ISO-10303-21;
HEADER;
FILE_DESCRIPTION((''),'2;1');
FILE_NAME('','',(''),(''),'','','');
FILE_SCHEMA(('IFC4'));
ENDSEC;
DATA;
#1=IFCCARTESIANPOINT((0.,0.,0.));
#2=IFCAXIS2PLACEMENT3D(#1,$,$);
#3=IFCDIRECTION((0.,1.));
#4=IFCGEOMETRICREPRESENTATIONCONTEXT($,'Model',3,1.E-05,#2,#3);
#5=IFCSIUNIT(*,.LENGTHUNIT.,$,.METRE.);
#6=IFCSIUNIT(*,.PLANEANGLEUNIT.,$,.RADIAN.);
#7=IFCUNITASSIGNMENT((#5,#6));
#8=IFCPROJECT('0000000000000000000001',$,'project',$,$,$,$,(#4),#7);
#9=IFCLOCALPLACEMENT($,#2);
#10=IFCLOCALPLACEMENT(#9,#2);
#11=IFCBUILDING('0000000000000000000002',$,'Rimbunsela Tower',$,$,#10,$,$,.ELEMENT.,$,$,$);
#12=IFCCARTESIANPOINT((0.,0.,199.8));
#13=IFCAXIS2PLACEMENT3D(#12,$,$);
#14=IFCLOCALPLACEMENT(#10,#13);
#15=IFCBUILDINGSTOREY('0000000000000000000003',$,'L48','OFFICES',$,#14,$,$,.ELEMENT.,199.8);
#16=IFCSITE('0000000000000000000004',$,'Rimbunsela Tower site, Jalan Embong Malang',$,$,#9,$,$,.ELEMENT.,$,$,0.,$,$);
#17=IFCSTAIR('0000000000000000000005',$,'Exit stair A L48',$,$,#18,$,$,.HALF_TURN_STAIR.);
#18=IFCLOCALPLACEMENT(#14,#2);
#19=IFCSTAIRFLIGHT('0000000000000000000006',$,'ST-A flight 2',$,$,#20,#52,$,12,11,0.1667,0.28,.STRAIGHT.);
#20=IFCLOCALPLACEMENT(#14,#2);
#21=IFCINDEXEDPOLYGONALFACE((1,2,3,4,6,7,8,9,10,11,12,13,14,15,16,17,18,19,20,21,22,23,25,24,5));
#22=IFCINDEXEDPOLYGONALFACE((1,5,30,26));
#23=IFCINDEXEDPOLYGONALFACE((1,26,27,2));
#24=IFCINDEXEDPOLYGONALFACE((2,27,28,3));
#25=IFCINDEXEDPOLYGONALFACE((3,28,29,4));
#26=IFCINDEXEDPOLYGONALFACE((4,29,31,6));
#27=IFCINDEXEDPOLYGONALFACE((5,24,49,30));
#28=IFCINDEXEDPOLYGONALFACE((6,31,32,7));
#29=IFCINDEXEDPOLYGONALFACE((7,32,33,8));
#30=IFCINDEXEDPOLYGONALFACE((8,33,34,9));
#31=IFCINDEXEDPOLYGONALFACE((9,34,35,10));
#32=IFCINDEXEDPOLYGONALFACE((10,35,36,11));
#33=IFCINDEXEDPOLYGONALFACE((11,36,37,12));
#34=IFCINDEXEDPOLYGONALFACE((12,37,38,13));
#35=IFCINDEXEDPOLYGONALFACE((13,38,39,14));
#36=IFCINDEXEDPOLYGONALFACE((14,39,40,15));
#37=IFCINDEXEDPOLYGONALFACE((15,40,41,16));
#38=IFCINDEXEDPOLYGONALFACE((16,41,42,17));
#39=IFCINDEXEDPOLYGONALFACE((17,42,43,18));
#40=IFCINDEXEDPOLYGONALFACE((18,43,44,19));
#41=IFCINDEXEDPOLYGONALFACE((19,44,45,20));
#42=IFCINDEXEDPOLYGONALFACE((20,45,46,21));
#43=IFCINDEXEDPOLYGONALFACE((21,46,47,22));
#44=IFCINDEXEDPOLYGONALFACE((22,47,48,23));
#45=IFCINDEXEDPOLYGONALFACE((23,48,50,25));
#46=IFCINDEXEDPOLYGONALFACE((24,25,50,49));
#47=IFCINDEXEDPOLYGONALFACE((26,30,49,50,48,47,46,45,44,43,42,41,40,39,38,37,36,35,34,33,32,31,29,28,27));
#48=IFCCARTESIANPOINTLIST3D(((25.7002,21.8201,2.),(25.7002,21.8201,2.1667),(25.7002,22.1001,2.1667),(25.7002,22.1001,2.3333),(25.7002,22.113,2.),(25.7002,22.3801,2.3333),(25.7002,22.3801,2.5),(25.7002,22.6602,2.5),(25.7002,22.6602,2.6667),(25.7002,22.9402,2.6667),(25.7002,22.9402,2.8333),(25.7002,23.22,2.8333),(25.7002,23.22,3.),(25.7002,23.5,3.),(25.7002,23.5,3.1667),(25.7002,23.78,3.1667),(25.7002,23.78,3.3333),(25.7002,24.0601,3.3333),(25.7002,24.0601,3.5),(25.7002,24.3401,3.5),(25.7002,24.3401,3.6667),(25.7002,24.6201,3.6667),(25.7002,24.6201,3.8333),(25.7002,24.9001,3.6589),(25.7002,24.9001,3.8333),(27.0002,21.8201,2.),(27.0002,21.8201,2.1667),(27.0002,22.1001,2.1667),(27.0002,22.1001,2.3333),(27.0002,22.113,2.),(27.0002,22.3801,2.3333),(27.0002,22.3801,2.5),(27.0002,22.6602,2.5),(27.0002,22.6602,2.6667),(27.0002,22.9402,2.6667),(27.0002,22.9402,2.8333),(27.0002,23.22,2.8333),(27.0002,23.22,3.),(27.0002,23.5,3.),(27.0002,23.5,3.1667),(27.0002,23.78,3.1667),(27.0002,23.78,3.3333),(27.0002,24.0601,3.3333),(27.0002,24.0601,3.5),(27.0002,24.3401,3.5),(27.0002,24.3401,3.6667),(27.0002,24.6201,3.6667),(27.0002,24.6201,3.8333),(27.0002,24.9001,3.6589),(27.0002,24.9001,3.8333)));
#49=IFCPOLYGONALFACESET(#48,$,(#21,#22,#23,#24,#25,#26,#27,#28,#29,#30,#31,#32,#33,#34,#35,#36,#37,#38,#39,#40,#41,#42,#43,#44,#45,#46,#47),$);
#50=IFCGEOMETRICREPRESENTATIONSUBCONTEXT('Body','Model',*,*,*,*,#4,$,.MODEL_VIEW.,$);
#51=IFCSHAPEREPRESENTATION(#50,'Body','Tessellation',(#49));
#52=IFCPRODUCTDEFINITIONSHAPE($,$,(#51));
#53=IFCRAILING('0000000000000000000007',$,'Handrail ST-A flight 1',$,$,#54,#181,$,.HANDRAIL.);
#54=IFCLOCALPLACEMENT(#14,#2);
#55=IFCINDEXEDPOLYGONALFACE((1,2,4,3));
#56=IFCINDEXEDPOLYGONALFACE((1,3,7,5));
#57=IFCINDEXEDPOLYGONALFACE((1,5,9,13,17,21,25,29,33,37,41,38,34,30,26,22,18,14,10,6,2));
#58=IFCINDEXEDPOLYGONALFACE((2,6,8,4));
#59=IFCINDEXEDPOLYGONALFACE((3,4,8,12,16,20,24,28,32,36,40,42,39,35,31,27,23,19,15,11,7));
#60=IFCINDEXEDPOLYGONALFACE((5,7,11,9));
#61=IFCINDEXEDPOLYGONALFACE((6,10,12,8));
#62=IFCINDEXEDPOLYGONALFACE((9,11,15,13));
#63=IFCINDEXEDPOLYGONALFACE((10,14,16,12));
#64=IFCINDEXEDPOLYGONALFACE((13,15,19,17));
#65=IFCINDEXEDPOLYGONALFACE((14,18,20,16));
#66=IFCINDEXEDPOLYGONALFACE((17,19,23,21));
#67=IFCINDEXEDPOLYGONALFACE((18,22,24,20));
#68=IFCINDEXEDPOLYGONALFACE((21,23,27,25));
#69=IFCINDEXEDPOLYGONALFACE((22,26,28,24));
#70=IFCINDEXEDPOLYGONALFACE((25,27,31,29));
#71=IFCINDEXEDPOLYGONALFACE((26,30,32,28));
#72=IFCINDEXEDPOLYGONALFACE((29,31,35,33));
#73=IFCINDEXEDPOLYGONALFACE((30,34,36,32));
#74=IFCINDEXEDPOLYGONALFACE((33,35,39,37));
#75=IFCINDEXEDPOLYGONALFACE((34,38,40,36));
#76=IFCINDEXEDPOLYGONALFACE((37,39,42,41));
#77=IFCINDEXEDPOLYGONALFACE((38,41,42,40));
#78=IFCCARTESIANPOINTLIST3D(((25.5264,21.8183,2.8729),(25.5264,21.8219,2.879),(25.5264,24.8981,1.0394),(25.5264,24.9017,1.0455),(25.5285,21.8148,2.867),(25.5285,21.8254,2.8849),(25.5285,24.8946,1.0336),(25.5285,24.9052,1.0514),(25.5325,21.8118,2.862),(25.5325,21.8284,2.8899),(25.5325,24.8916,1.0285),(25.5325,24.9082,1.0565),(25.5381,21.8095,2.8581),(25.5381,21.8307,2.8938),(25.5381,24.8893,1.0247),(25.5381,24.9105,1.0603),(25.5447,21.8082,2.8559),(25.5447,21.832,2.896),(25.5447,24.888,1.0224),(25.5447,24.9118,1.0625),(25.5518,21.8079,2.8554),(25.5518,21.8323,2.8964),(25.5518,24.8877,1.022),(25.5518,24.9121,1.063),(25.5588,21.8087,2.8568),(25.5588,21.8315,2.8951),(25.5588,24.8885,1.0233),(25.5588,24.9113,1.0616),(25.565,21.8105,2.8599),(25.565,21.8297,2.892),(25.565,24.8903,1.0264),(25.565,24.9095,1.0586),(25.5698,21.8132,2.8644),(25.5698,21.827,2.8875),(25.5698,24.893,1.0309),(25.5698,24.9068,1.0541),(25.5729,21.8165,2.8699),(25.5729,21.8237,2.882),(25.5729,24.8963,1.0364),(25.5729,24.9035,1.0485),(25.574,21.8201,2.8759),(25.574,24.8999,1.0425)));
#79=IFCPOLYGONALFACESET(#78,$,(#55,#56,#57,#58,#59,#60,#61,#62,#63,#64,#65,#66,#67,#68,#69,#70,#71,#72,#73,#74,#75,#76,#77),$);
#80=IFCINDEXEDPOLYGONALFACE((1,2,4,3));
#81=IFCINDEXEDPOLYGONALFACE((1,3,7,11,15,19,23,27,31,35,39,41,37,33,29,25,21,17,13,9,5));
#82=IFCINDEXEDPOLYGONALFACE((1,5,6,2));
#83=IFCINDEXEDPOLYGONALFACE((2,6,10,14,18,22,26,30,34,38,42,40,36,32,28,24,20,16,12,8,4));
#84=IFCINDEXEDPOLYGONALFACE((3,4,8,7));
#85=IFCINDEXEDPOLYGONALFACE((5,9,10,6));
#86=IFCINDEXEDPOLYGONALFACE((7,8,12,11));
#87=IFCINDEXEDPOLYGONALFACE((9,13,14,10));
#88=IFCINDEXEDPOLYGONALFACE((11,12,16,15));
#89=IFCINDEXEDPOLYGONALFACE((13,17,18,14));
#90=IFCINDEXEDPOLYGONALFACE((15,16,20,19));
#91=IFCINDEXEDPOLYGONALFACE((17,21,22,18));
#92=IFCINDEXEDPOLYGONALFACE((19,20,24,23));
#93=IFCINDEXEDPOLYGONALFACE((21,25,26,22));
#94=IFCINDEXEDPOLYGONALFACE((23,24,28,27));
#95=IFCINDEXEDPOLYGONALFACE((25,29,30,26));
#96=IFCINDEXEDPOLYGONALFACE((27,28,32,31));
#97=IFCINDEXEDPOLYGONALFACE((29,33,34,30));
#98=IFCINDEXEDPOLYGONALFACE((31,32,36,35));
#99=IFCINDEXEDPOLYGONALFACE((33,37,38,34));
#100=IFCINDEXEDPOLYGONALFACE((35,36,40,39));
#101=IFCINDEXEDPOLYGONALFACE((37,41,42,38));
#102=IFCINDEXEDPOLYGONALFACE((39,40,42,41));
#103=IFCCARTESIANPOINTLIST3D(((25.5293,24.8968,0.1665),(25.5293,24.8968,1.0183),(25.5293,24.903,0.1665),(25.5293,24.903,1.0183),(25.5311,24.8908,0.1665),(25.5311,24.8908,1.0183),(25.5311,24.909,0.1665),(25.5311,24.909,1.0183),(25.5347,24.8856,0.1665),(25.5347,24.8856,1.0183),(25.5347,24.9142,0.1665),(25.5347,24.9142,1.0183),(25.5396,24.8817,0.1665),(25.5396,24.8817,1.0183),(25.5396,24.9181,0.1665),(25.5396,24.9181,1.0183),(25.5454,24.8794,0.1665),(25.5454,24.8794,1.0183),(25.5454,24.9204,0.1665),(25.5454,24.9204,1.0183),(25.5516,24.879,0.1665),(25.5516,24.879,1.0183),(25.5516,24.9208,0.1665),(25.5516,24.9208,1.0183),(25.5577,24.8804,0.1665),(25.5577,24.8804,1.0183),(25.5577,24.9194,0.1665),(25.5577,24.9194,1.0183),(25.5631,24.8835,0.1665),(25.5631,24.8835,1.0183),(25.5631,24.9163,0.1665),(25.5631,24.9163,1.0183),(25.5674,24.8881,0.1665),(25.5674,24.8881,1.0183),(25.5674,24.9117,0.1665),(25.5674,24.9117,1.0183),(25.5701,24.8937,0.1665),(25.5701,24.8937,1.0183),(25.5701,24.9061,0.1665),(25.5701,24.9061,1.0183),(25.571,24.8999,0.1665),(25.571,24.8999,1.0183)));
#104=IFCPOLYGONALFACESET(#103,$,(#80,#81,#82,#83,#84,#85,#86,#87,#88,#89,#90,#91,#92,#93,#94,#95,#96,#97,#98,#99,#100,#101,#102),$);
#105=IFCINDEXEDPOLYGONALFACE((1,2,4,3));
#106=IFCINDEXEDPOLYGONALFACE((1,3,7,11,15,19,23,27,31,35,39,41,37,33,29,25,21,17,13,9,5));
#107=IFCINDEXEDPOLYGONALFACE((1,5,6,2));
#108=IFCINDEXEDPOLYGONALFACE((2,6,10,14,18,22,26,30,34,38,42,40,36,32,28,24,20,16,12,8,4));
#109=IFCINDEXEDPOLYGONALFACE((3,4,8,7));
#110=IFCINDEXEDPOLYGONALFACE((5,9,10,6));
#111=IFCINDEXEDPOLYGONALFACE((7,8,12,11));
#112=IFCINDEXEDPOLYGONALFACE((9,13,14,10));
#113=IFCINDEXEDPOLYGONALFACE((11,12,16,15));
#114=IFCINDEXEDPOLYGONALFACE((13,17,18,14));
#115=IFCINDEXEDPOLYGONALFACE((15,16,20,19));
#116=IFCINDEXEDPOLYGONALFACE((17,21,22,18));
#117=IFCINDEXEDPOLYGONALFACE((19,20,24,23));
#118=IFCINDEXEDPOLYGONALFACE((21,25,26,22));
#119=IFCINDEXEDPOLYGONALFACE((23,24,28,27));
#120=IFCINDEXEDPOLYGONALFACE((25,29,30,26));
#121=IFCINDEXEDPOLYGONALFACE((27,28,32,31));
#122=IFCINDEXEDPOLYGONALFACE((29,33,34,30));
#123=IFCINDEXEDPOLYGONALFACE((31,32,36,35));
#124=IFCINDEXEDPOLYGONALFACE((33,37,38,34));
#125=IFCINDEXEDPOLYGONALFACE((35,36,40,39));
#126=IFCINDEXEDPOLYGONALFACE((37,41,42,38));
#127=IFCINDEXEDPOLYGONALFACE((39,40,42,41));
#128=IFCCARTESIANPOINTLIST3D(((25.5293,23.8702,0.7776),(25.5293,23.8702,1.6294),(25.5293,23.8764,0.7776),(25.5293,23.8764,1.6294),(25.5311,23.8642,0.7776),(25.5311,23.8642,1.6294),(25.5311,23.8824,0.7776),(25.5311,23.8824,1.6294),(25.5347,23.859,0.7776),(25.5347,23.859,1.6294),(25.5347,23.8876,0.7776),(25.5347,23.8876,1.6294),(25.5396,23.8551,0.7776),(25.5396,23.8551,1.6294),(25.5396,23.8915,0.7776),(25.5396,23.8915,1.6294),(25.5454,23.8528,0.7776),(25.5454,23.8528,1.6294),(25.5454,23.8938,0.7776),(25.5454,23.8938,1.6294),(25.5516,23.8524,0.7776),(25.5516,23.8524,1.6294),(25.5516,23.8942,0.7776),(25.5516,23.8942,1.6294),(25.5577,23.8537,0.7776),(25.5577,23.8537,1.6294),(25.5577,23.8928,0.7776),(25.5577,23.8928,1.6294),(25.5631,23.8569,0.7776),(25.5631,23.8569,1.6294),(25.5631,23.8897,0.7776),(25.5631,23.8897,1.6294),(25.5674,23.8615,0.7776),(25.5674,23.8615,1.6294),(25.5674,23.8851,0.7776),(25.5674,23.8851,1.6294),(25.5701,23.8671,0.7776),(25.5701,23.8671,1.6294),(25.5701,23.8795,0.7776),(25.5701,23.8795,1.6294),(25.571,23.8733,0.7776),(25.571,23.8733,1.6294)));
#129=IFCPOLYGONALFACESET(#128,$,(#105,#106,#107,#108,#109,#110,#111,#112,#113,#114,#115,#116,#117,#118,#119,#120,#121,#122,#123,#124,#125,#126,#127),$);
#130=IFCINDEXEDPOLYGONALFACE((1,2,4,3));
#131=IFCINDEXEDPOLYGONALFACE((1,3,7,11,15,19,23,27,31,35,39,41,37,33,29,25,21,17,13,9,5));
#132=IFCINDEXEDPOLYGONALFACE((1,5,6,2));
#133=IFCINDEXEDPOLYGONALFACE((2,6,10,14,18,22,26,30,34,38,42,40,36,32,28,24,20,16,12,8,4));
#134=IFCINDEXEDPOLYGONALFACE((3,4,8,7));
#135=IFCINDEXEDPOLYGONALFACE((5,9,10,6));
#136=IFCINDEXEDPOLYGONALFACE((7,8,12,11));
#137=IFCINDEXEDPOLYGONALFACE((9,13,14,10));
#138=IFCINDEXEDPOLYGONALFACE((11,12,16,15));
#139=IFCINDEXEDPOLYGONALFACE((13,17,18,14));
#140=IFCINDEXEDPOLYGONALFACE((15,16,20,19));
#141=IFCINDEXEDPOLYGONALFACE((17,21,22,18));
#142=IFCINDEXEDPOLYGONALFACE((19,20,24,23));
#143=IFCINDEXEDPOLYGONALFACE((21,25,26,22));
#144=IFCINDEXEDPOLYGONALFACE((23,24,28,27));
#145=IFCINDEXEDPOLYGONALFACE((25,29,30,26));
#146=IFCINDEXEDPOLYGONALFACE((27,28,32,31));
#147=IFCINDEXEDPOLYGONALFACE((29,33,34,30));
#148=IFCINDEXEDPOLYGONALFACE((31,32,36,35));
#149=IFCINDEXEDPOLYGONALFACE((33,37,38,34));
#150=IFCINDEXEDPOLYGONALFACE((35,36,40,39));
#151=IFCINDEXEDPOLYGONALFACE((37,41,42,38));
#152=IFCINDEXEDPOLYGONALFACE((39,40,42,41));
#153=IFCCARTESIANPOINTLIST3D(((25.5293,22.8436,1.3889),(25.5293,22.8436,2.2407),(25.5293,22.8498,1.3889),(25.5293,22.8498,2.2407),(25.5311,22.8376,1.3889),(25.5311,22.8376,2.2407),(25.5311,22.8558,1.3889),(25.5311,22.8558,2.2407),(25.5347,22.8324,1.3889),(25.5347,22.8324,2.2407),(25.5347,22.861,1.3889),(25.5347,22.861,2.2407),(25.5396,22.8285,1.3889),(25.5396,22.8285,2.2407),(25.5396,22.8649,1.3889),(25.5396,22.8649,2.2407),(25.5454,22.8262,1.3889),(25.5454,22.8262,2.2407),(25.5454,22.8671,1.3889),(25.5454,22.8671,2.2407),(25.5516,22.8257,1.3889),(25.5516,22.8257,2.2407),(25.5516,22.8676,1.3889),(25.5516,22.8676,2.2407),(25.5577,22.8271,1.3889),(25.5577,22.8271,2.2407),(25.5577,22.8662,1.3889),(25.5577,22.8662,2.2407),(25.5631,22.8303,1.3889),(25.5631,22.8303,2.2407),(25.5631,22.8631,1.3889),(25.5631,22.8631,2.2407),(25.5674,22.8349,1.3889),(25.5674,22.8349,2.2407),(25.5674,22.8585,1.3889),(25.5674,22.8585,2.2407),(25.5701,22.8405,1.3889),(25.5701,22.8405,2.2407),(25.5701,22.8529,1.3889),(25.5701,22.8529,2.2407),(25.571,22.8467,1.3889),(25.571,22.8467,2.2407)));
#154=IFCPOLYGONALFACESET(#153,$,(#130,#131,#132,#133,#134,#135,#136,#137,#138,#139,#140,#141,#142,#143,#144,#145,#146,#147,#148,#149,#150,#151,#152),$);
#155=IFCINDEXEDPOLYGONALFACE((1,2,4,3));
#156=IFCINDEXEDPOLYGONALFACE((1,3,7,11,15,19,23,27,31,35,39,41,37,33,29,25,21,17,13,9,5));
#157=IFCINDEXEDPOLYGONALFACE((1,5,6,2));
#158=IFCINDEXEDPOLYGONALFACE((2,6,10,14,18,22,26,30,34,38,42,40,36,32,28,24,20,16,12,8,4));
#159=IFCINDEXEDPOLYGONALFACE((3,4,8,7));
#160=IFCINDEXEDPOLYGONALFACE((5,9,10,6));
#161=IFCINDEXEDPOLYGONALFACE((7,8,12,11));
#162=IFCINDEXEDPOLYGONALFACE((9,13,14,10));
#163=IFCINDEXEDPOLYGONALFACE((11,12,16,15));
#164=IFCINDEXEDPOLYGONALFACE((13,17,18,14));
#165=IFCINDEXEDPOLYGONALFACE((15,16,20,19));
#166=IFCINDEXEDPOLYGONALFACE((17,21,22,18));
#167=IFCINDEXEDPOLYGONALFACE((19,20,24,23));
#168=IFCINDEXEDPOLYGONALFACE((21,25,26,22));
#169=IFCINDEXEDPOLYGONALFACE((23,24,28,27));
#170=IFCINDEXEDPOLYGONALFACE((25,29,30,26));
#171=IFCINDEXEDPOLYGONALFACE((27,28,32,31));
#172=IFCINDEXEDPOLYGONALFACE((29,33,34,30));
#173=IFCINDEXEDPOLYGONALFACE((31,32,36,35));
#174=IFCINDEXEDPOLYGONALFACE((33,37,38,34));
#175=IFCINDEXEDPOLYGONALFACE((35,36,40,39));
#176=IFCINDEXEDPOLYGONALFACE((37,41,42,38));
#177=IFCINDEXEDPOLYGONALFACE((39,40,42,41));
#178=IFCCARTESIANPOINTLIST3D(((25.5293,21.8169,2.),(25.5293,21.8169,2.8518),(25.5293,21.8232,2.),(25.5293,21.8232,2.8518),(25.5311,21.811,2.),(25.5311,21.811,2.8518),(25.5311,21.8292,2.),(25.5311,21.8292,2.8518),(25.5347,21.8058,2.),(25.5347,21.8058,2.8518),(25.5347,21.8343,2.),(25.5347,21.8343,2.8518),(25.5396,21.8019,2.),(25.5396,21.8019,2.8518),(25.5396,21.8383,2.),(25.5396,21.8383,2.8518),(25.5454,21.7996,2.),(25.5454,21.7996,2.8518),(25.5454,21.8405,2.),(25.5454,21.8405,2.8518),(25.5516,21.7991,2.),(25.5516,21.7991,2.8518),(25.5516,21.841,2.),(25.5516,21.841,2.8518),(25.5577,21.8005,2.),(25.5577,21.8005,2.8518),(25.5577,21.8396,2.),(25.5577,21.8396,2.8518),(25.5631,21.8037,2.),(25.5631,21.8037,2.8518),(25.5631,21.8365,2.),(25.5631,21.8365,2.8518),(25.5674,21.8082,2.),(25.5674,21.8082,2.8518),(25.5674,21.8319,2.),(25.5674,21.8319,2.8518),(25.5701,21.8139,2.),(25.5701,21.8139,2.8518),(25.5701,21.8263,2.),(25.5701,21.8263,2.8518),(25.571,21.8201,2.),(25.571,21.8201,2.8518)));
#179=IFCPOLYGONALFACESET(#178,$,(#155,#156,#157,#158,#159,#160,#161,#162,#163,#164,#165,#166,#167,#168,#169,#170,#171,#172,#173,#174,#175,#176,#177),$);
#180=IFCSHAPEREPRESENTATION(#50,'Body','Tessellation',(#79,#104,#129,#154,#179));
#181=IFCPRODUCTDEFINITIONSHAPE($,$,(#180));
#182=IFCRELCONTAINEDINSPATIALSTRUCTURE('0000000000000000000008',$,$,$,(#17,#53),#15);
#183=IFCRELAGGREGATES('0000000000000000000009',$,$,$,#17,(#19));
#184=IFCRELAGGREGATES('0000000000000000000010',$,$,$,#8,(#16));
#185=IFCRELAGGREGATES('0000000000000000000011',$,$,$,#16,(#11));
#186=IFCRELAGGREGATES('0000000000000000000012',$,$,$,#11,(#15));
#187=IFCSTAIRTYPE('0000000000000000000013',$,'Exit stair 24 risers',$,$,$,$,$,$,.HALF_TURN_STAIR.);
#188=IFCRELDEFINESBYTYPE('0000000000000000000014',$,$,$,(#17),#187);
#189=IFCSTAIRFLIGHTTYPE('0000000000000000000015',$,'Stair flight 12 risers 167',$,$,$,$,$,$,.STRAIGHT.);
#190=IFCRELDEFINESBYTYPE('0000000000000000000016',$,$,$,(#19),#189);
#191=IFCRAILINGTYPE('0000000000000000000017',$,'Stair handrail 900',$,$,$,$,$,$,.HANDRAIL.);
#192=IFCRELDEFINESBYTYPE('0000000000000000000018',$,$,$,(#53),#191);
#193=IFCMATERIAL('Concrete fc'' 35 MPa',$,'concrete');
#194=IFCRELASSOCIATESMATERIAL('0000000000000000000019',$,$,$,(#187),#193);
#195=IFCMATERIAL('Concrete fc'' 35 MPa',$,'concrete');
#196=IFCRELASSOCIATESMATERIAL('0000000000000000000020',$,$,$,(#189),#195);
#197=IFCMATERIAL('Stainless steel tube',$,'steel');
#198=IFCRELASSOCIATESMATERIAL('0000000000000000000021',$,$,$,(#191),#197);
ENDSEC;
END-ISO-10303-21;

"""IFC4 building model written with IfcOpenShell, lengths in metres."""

from ifc_helpers import new_model, si_unit, direction, frame, origin, origin_2d, place, context, subcontext, project, spatial, polyline, circle, outline, extrude, material, type_object, element, aggregate, save


model = new_model("IFC4")

# Units and contexts
model_context = context("Model", 3, precision=1e-05, world=origin(), true_north=direction((0.0, 1.0)))
body_context = subcontext(model_context, "Body", "Model", "MODEL_VIEW")
ifc_project = project(units=[si_unit("LENGTHUNIT", "METRE"), si_unit("PLANEANGLEUNIT", "RADIAN")], contexts=[model_context])

# Site, building, storey
site_placement = place(None, origin())
site = spatial("IfcSite", under=ifc_project, at=site_placement, Name="Rimbunsela Tower site, Jalan Embong Malang", CompositionType="ELEMENT", RefElevation=0.0)
building_placement = place(site_placement, origin())
building = spatial("IfcBuilding", under=site, at=building_placement, Name="Rimbunsela Tower", CompositionType="ELEMENT")
storey_placement = place(building_placement, frame((0.0, 0.0, 199.8)))
storey = spatial("IfcBuildingStorey", under=building, at=storey_placement, Name="L48", Description="OFFICES", CompositionType="ELEMENT", Elevation=199.8)

# Stair, stair flight
ifc_material_1 = material(Name="Concrete fc' 35 MPa", Category="concrete")
stair_type = type_object("IfcStairType", Name="Exit stair 24 risers", PredefinedType="HALF_TURN_STAIR", material=ifc_material_1)
stair_placement = place(storey_placement, origin())
stair = element("IfcStair", 1, at=stair_placement, inside=storey, type_object=stair_type, Name="Exit stair A L48", PredefinedType="HALF_TURN_STAIR")
ifc_material_2 = material(Name="Concrete fc' 35 MPa", Category="concrete")
stair_flight_type = type_object("IfcStairFlightType", Name="Stair flight 12 risers 167", PredefinedType="STRAIGHT", material=ifc_material_2)
stair_flight_1_placement = place(storey_placement, frame((26.3501, 21.8201, 2.0), z_axis=(0.0, 0.0, 1.0), x_axis=(0.0, 1.0, 0.0)))
stair_flight_1 = element("IfcStairFlight", 2, at=stair_flight_1_placement, type_object=stair_flight_type, Name="ST-A flight 2", NumberOfRisers=12, NumberOfTreads=11, PredefinedType="STRAIGHT", RiserHeight=0.1667, TreadLength=0.28, context=body_context, shape_type="SweptSolid", body=[
    extrude(outline(polyline([(0.0, 0.0), (0.0, 0.1667), (0.28, 0.1667), (0.28, 0.3333), (0.5601, 0.3333), (0.5601, 0.5), (0.8401, 0.5), (0.8401, 0.6667), (1.1201, 0.6667), (1.1201, 0.8333), (1.3999, 0.8333), (1.3999, 1.0), (1.6799, 1.0), (1.6799, 1.1667), (1.96, 1.1667), (1.96, 1.3333), (2.24, 1.3333), (2.24, 1.5), (2.52, 1.5), (2.52, 1.6667), (2.8, 1.6667), (2.8, 1.8333), (3.0801, 1.8333), (3.0801, 2.0), (3.0801, 1.6589), (0.293, 0.0), (0.0, 0.0)])), frame((0.0, 0.6499, 0.0), z_axis=(0.0, -1.0, 0.0), x_axis=(1.0, 0.0, 0.0)), (0.0, 0.0, 1.0), 1.3),
])
aggregate(stair, [stair_flight_1])

# Railing
ifc_material_3 = material(Name="Stainless steel tube", Category="steel")
railing_type = type_object("IfcRailingType", Name="Stair handrail 900", PredefinedType="HANDRAIL", material=ifc_material_3)
railing_1_placement = place(storey_placement, frame((25.55, 24.8999, 0.1665)))
element("IfcRailing", 3, at=railing_1_placement, inside=storey, type_object=railing_type, Name="Handrail ST-A flight 1", PredefinedType="HANDRAIL", context=body_context, shape_type="SweptSolid", body=[
    extrude(circle(Radius=0.0239, at=origin_2d()), frame((0.0, 0.0, 0.876), z_axis=(0.0, -0.859261, 0.511538), x_axis=(1.0, 0.0, 0.0)), (0.0, 0.0, 1.0), 3.5842),
    extrude(circle(Radius=0.021, at=origin_2d()), origin(), (0.0, 0.0, 1.0), 0.8518),
    extrude(circle(Radius=0.021, at=origin_2d()), frame((0.0, -1.0266, 0.6111)), (0.0, 0.0, 1.0), 0.8518),
    extrude(circle(Radius=0.021, at=origin_2d()), frame((0.0, -2.0532, 1.2224)), (0.0, 0.0, 1.0), 0.8518),
    extrude(circle(Radius=0.021, at=origin_2d()), frame((0.0, -3.0798, 1.8335)), (0.0, 0.0, 1.0), 0.8518),
])

save(model, "model.ifc")
